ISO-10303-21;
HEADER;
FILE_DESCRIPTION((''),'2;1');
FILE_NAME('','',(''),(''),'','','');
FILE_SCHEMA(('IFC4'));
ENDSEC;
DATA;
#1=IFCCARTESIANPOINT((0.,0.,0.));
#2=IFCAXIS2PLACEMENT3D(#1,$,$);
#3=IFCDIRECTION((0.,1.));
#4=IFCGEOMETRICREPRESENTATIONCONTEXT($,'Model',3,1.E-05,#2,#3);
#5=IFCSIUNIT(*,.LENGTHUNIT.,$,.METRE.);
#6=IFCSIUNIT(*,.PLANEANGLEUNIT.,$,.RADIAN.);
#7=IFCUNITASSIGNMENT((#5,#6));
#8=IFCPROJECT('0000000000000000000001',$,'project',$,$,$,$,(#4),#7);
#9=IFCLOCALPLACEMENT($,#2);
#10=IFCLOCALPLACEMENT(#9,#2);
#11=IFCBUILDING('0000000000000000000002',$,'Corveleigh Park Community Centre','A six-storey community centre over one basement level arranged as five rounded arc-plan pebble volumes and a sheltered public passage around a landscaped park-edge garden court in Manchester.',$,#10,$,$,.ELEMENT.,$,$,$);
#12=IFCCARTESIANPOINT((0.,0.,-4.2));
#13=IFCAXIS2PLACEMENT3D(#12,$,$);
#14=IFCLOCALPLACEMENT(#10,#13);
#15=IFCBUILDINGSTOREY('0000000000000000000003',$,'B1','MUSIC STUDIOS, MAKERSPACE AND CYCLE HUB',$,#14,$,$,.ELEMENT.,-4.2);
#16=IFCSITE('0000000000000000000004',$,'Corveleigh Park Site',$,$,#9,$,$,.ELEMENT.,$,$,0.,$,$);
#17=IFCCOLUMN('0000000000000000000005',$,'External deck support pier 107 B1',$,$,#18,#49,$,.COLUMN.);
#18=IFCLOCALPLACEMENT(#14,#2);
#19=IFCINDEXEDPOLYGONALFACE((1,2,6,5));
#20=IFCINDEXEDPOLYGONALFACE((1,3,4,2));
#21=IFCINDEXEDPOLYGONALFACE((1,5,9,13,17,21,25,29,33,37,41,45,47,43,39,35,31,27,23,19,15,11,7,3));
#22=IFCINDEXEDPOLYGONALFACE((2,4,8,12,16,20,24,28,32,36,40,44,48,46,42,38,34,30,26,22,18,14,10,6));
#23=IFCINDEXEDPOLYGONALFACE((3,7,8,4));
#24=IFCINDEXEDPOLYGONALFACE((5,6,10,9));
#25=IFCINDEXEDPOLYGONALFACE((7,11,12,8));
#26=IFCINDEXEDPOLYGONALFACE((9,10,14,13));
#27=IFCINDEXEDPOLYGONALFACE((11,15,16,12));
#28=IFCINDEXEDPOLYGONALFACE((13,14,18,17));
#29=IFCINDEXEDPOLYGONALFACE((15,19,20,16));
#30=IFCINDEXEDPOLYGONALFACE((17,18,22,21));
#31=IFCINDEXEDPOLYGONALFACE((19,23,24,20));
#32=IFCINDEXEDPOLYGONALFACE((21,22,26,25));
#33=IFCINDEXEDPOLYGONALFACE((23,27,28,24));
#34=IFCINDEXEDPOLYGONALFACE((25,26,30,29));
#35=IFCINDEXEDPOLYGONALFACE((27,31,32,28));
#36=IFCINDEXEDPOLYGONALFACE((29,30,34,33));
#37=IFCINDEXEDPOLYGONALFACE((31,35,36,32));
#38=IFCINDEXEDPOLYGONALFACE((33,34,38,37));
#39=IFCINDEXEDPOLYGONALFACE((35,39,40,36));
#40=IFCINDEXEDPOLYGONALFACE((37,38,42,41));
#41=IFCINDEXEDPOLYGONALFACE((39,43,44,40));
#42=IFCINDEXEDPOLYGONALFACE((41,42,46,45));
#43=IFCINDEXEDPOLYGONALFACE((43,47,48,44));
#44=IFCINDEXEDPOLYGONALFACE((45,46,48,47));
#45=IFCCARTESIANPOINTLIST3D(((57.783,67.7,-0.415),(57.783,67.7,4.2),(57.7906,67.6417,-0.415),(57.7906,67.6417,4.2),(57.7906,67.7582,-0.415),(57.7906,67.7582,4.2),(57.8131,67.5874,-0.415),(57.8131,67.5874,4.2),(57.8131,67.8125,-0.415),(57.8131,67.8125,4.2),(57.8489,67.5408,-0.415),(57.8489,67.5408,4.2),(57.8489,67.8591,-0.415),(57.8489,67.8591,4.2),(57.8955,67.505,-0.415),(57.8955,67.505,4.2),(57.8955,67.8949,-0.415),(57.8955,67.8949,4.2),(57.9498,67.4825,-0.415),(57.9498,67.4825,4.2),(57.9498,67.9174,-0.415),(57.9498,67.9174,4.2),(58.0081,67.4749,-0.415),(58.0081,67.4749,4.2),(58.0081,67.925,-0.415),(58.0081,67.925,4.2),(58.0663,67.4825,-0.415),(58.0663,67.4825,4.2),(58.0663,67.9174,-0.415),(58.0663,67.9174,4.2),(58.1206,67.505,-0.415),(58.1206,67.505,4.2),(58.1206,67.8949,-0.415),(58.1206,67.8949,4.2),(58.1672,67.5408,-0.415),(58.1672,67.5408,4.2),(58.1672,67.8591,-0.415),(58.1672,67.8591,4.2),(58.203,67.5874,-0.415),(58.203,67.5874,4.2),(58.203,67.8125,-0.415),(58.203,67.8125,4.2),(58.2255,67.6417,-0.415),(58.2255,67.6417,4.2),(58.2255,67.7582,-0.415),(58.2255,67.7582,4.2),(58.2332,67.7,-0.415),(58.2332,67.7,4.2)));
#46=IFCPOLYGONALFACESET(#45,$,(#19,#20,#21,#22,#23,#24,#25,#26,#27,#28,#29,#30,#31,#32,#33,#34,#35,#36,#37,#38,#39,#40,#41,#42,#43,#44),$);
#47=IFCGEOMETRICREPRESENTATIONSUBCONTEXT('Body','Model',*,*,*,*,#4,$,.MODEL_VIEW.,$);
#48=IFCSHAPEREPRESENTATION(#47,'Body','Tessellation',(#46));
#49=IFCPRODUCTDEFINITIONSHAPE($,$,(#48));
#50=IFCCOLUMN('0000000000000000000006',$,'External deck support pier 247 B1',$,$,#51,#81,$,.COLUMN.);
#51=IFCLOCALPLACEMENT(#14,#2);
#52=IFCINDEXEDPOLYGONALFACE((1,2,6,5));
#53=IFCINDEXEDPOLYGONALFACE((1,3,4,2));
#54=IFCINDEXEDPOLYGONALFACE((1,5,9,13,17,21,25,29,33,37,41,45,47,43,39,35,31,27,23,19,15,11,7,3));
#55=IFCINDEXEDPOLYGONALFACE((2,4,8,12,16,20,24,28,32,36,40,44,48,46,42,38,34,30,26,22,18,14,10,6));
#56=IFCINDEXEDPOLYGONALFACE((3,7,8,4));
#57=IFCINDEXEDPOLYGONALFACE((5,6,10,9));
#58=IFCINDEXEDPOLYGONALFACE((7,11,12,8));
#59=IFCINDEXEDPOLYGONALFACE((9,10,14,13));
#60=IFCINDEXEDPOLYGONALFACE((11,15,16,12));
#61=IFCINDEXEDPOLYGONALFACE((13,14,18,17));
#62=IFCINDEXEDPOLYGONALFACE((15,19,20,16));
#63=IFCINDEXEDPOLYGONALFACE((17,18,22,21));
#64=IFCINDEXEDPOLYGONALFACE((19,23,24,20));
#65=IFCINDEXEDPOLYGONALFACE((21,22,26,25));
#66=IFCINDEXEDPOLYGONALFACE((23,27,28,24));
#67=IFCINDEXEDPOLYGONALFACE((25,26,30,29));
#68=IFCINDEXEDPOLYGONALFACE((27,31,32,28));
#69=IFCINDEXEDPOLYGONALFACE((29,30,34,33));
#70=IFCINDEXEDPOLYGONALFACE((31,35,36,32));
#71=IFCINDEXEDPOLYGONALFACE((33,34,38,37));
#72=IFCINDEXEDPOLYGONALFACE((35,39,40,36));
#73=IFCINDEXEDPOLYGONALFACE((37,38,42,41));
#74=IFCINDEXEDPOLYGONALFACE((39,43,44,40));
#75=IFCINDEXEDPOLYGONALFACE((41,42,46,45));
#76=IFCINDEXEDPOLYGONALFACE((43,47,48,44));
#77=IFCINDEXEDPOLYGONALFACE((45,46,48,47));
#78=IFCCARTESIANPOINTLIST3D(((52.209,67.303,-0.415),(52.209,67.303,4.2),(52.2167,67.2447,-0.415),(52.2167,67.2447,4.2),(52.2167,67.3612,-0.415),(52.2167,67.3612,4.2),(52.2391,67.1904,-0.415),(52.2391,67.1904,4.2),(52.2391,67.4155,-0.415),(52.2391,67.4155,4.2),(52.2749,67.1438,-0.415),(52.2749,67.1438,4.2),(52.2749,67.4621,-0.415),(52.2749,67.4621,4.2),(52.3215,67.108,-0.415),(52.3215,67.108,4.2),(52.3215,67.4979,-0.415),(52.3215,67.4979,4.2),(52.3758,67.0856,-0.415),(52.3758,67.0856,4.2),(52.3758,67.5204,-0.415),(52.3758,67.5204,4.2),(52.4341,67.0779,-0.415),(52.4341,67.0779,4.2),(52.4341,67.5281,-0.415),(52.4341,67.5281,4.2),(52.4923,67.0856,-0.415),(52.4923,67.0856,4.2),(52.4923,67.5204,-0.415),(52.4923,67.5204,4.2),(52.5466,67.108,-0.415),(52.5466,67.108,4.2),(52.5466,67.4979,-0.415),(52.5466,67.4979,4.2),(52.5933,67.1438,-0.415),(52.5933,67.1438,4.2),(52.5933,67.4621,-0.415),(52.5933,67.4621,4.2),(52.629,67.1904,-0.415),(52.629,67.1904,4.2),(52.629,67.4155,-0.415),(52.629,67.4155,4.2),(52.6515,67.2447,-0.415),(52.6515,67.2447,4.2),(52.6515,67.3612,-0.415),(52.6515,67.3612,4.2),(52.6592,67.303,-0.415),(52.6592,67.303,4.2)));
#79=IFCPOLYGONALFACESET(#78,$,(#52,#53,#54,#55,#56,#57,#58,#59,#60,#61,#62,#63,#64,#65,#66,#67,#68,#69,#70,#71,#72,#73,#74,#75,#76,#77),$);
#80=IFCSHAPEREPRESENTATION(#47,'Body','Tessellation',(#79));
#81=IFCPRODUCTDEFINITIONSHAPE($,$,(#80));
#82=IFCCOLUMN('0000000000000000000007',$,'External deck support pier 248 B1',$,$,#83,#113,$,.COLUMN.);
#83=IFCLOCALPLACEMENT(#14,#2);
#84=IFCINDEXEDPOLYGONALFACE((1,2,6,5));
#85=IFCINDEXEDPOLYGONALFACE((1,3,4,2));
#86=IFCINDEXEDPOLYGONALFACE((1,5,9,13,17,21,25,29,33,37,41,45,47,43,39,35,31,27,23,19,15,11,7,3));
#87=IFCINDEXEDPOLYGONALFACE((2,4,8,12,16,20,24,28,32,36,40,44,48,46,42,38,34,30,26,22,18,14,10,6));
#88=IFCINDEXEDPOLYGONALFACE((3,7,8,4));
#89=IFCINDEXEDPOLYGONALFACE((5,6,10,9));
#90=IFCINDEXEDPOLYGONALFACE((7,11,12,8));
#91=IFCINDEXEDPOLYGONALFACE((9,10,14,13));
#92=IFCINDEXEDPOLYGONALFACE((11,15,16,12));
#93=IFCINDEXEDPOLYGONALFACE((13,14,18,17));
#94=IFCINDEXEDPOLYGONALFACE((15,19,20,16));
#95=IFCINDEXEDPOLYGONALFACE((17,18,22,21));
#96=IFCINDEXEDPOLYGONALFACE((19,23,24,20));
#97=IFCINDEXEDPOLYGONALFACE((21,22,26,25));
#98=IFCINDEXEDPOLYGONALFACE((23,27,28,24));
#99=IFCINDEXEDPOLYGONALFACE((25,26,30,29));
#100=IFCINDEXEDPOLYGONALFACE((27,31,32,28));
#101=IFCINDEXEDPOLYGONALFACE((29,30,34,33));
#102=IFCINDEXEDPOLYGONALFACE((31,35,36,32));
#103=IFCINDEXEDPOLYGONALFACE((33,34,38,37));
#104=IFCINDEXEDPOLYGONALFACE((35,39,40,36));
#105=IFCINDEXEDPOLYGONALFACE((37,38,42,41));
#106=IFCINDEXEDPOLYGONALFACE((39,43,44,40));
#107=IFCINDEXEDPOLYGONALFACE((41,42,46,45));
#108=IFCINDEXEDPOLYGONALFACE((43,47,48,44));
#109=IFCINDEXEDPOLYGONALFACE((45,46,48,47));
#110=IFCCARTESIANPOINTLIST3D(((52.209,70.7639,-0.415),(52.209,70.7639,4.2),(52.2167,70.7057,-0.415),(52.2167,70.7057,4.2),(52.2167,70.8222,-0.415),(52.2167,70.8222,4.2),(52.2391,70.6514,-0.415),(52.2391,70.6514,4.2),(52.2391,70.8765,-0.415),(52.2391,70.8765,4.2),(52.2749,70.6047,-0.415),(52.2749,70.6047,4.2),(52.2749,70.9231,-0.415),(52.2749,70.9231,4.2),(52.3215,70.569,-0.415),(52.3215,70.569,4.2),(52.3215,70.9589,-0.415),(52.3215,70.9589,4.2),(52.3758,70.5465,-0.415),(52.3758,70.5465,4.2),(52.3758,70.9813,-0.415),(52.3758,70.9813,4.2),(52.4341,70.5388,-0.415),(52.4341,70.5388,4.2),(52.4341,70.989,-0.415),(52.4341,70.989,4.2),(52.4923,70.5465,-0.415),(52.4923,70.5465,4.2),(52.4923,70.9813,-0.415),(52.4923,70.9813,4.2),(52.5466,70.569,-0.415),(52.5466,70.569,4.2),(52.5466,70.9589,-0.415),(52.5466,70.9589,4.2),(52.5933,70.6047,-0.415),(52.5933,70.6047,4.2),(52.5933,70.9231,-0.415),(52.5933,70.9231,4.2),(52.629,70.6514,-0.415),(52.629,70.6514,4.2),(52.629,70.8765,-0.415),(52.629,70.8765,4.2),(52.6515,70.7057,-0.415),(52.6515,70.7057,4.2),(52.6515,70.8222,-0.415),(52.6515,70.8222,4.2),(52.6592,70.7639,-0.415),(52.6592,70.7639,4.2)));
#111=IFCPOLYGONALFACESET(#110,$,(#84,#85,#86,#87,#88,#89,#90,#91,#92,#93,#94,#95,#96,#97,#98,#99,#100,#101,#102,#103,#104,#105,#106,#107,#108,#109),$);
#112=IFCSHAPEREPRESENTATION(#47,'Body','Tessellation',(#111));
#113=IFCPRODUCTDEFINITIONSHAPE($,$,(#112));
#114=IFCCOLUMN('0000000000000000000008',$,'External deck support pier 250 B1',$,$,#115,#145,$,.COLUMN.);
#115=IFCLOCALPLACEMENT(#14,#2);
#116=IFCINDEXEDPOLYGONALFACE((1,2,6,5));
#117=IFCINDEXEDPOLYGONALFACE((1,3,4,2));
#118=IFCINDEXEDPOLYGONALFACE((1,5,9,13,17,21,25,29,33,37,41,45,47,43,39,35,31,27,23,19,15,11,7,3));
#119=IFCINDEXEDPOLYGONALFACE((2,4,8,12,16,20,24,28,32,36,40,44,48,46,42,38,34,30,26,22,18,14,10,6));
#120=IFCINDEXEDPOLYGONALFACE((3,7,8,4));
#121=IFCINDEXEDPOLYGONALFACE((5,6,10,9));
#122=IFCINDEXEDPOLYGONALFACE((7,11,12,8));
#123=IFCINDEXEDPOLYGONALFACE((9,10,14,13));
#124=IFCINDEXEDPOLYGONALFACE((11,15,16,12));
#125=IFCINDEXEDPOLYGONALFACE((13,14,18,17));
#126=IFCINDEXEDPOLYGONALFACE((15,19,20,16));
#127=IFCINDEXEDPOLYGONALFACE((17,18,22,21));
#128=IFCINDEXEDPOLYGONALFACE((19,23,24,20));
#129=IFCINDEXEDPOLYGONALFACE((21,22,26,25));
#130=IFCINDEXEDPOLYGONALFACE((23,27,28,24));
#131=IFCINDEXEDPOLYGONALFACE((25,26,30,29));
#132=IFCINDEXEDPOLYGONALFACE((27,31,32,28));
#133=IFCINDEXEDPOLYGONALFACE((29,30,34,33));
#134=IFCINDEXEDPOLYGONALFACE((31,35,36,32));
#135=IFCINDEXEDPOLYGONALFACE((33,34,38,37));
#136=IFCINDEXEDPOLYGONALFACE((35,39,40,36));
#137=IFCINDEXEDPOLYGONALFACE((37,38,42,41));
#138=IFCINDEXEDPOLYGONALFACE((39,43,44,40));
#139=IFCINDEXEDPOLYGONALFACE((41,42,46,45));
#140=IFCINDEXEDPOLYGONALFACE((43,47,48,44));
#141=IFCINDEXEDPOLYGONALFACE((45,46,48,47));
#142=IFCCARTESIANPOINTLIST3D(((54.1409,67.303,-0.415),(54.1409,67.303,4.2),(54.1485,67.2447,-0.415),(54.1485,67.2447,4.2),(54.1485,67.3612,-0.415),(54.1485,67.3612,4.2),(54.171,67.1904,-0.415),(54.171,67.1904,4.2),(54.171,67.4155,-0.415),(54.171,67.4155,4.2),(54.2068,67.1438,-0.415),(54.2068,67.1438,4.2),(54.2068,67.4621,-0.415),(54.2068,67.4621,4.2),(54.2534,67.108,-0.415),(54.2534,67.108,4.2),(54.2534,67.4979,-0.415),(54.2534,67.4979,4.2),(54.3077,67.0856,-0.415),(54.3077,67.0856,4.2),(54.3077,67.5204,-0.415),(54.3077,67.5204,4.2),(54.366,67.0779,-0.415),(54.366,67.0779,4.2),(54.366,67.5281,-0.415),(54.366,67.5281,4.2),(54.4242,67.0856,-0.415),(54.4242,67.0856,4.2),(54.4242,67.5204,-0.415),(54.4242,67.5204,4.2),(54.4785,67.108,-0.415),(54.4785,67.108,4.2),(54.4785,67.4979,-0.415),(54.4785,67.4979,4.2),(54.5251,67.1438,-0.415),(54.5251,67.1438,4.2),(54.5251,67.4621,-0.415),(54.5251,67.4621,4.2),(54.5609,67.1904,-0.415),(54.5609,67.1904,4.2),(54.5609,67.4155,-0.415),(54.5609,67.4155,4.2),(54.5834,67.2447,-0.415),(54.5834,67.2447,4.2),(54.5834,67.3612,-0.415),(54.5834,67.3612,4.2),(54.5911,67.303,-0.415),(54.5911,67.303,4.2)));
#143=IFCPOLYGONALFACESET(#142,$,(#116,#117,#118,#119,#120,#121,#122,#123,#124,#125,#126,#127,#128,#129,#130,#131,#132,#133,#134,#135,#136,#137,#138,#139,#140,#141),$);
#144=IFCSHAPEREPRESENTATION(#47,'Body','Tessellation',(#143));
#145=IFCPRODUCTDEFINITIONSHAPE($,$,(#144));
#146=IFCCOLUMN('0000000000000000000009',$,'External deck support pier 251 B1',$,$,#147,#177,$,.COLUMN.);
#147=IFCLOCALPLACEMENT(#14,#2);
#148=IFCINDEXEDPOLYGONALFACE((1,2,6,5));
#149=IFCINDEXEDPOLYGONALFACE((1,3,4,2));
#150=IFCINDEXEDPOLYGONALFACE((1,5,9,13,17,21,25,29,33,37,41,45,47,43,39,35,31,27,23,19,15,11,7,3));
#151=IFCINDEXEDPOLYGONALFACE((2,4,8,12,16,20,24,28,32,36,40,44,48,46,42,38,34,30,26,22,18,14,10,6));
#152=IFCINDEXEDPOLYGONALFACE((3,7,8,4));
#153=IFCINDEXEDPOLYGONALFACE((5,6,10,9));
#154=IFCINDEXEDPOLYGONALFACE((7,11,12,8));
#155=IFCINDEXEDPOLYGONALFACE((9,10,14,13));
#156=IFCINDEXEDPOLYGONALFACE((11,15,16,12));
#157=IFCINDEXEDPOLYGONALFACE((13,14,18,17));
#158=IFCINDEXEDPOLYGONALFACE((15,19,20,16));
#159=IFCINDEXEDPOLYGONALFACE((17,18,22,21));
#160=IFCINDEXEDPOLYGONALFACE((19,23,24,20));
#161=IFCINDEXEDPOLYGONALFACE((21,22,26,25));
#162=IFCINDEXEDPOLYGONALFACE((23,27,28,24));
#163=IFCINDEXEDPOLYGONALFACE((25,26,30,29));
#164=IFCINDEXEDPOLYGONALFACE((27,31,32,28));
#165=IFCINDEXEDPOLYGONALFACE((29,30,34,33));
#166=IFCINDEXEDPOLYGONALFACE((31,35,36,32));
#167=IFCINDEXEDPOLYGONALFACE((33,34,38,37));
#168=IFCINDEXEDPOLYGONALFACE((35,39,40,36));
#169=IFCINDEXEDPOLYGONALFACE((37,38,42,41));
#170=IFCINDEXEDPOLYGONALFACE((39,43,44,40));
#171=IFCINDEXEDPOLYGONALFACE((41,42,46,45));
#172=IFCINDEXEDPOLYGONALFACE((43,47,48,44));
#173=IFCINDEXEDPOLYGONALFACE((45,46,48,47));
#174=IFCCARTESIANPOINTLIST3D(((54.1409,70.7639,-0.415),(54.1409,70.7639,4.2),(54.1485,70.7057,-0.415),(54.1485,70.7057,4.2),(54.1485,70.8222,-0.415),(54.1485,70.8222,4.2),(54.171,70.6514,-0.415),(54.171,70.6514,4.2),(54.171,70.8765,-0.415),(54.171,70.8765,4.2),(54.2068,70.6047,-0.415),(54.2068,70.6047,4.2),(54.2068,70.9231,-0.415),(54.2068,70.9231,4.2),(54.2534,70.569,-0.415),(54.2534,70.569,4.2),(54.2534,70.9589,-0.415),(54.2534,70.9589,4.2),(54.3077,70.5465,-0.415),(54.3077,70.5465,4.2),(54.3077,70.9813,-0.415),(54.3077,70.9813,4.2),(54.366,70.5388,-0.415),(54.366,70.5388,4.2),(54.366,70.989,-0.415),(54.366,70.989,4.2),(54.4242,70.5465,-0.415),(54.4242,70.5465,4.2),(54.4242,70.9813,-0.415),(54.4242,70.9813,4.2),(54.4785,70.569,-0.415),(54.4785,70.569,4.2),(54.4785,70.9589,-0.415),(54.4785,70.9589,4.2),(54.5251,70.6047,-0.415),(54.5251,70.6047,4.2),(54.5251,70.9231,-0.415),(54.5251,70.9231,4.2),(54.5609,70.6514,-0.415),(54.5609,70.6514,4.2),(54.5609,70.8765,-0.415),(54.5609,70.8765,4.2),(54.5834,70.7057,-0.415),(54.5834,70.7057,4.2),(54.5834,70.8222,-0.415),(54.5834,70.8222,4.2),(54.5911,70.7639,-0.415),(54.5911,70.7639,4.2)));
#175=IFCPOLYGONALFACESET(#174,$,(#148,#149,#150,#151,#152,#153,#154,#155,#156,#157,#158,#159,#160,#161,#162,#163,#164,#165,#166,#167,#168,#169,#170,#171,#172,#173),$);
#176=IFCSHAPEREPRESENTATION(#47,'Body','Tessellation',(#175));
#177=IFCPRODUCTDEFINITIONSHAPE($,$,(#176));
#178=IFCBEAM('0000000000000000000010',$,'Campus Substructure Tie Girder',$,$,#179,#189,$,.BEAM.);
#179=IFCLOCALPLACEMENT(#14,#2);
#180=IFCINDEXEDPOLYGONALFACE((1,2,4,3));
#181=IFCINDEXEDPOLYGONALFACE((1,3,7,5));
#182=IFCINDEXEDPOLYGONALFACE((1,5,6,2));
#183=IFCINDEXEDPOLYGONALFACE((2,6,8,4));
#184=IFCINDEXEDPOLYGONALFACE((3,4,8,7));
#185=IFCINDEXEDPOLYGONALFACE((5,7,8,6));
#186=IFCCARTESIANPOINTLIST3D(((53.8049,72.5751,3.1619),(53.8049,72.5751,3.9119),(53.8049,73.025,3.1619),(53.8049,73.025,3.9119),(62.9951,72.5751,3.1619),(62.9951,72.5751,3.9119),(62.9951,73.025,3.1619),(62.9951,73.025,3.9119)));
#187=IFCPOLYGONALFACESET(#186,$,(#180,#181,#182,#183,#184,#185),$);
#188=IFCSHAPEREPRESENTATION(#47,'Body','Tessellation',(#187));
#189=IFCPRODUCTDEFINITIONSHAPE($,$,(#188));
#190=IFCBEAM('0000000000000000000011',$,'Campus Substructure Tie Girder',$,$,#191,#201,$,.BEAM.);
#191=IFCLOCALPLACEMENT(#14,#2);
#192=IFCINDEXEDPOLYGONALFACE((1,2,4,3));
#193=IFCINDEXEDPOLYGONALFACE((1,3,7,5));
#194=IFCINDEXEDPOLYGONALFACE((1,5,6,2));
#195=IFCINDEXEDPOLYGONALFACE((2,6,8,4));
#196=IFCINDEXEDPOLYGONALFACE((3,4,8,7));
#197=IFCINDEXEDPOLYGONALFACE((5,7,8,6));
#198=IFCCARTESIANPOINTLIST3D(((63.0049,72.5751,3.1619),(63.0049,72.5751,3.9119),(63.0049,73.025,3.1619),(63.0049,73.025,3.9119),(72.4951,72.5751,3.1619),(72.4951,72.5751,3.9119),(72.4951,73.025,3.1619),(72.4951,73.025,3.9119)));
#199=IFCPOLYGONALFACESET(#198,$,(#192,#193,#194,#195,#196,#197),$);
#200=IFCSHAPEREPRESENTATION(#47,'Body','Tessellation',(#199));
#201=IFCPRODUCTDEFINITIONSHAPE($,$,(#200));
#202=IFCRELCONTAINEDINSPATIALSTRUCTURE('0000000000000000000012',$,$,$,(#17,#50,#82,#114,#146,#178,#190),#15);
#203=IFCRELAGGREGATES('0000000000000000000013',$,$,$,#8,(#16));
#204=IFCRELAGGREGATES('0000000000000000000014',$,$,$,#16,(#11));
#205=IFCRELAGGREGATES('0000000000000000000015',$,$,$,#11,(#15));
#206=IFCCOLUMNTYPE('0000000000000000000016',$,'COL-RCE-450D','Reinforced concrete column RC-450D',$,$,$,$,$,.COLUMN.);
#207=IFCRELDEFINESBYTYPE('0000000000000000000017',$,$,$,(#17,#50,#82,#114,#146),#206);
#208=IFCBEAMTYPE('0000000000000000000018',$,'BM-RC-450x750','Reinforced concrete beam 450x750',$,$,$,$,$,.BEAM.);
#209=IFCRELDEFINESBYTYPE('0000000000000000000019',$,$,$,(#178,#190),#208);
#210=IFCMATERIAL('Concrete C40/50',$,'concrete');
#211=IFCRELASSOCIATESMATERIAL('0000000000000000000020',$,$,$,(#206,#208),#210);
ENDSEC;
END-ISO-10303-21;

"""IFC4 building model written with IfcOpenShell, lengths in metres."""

from ifc_helpers import new_model, si_unit, direction, frame, origin, origin_2d, place, context, subcontext, project, spatial, rectangle, circle, extrude, material, material_profile, profile_set, type_object, element, save


model = new_model("IFC4")

# Units and contexts
model_context = context("Model", 3, precision=1e-05, world=origin(), true_north=direction((0.0, 1.0)))
body_context = subcontext(model_context, "Body", "Model", "MODEL_VIEW")
ifc_project = project(units=[si_unit("LENGTHUNIT", "METRE"), si_unit("PLANEANGLEUNIT", "RADIAN")], contexts=[model_context])

# Site, building, storey
site_placement = place(None, origin())
site = spatial("IfcSite", under=ifc_project, at=site_placement, Name="Corveleigh Park Site", CompositionType="ELEMENT", RefElevation=0.0)
building_placement = place(site_placement, origin())
building = spatial("IfcBuilding", under=site, at=building_placement, Name="Corveleigh Park Community Centre", Description="A six-storey community centre over one basement level arranged as five rounded arc-plan pebble volumes and a sheltered public passage around a landscaped park-edge garden court in Manchester.", CompositionType="ELEMENT")
storey_placement = place(building_placement, frame((0.0, 0.0, -4.2)))
storey = spatial("IfcBuildingStorey", under=building, at=storey_placement, Name="B1", Description="MUSIC STUDIOS, MAKERSPACE AND CYCLE HUB", CompositionType="ELEMENT", Elevation=-4.2)

# Shared definitions
ifc_material_1 = material(Name="Concrete C40/50", Category="concrete")

# Columns
ifc_material_profile_1 = material_profile(ifc_material_1, circle(Radius=0.2251, at=origin_2d()), Name="RC-450D", Category="concrete")
ifc_profile_set_1 = profile_set([ifc_material_profile_1], Name="Concrete C40/50")
column_type_1 = type_object("IfcColumnType", Name="COL-RCE-450D", Description="Reinforced concrete column RC-450D", PredefinedType="COLUMN", material=ifc_profile_set_1)
for number, where, z_axis, x_axis, name in (
    (1, (58.0081, 67.7, -0.415), (0.0, 0.0, 1.0), (1.0, 0.0, 0.0), "External deck support pier 107 B1"),
    (2, (52.4341, 67.303, -0.415), (0.0, 0.0, 1.0), (1.0, 0.0, 0.0), "External deck support pier 247 B1"),
    (3, (52.4341, 70.7639, -0.415), (0.0, 0.0, 1.0), (1.0, 0.0, 0.0), "External deck support pier 248 B1"),
    (4, (54.366, 67.303, -0.415), (0.0, 0.0, 1.0), (1.0, 0.0, 0.0), "External deck support pier 250 B1"),
    (5, (54.366, 70.7639, -0.415), (0.0, 0.0, 1.0), (1.0, 0.0, 0.0), "External deck support pier 251 B1"),
):
    element("IfcColumn", number, at=place(storey_placement, frame(where, z_axis=z_axis, x_axis=x_axis)), inside=storey, type_object=column_type_1, Name=name, PredefinedType="COLUMN", context=body_context, shape_type="SweptSolid", body=[
        extrude(circle(Radius=0.2251, at=origin_2d()), origin(), (0.0, 0.0, 1.0), 4.615),
    ])

# Beams
ifc_material_profile_2 = material_profile(ifc_material_1, rectangle(XDim=0.45, YDim=0.75, at=origin_2d()), Name="RC-450x750", Category="concrete")
ifc_profile_set_2 = profile_set([ifc_material_profile_2], Name="Concrete C40/50")
beam_type = type_object("IfcBeamType", Name="BM-RC-450x750", Description="Reinforced concrete beam 450x750", PredefinedType="BEAM", material=ifc_profile_set_2)
beam_1_placement = place(storey_placement, frame((53.8049, 72.8, 3.5369), z_axis=(1.0, 0.0, 0.0), x_axis=(0.0, 1.0, 0.0)))
element("IfcBeam", 6, at=beam_1_placement, inside=storey, type_object=beam_type, Name="Campus Substructure Tie Girder", PredefinedType="BEAM", context=body_context, shape_type="SweptSolid", body=[
    extrude(rectangle(XDim=0.45, YDim=0.75, at=origin_2d()), origin(), (0.0, 0.0, 1.0), 9.1902),
])
beam_2_placement = place(storey_placement, frame((63.0049, 72.8, 3.5369), z_axis=(1.0, 0.0, 0.0), x_axis=(0.0, 1.0, 0.0)))
element("IfcBeam", 7, at=beam_2_placement, inside=storey, type_object=beam_type, Name="Campus Substructure Tie Girder", PredefinedType="BEAM", context=body_context, shape_type="SweptSolid", body=[
    extrude(rectangle(XDim=0.45, YDim=0.75, at=origin_2d()), origin(), (0.0, 0.0, 1.0), 9.4902),
])

save(model, "model.ifc")
